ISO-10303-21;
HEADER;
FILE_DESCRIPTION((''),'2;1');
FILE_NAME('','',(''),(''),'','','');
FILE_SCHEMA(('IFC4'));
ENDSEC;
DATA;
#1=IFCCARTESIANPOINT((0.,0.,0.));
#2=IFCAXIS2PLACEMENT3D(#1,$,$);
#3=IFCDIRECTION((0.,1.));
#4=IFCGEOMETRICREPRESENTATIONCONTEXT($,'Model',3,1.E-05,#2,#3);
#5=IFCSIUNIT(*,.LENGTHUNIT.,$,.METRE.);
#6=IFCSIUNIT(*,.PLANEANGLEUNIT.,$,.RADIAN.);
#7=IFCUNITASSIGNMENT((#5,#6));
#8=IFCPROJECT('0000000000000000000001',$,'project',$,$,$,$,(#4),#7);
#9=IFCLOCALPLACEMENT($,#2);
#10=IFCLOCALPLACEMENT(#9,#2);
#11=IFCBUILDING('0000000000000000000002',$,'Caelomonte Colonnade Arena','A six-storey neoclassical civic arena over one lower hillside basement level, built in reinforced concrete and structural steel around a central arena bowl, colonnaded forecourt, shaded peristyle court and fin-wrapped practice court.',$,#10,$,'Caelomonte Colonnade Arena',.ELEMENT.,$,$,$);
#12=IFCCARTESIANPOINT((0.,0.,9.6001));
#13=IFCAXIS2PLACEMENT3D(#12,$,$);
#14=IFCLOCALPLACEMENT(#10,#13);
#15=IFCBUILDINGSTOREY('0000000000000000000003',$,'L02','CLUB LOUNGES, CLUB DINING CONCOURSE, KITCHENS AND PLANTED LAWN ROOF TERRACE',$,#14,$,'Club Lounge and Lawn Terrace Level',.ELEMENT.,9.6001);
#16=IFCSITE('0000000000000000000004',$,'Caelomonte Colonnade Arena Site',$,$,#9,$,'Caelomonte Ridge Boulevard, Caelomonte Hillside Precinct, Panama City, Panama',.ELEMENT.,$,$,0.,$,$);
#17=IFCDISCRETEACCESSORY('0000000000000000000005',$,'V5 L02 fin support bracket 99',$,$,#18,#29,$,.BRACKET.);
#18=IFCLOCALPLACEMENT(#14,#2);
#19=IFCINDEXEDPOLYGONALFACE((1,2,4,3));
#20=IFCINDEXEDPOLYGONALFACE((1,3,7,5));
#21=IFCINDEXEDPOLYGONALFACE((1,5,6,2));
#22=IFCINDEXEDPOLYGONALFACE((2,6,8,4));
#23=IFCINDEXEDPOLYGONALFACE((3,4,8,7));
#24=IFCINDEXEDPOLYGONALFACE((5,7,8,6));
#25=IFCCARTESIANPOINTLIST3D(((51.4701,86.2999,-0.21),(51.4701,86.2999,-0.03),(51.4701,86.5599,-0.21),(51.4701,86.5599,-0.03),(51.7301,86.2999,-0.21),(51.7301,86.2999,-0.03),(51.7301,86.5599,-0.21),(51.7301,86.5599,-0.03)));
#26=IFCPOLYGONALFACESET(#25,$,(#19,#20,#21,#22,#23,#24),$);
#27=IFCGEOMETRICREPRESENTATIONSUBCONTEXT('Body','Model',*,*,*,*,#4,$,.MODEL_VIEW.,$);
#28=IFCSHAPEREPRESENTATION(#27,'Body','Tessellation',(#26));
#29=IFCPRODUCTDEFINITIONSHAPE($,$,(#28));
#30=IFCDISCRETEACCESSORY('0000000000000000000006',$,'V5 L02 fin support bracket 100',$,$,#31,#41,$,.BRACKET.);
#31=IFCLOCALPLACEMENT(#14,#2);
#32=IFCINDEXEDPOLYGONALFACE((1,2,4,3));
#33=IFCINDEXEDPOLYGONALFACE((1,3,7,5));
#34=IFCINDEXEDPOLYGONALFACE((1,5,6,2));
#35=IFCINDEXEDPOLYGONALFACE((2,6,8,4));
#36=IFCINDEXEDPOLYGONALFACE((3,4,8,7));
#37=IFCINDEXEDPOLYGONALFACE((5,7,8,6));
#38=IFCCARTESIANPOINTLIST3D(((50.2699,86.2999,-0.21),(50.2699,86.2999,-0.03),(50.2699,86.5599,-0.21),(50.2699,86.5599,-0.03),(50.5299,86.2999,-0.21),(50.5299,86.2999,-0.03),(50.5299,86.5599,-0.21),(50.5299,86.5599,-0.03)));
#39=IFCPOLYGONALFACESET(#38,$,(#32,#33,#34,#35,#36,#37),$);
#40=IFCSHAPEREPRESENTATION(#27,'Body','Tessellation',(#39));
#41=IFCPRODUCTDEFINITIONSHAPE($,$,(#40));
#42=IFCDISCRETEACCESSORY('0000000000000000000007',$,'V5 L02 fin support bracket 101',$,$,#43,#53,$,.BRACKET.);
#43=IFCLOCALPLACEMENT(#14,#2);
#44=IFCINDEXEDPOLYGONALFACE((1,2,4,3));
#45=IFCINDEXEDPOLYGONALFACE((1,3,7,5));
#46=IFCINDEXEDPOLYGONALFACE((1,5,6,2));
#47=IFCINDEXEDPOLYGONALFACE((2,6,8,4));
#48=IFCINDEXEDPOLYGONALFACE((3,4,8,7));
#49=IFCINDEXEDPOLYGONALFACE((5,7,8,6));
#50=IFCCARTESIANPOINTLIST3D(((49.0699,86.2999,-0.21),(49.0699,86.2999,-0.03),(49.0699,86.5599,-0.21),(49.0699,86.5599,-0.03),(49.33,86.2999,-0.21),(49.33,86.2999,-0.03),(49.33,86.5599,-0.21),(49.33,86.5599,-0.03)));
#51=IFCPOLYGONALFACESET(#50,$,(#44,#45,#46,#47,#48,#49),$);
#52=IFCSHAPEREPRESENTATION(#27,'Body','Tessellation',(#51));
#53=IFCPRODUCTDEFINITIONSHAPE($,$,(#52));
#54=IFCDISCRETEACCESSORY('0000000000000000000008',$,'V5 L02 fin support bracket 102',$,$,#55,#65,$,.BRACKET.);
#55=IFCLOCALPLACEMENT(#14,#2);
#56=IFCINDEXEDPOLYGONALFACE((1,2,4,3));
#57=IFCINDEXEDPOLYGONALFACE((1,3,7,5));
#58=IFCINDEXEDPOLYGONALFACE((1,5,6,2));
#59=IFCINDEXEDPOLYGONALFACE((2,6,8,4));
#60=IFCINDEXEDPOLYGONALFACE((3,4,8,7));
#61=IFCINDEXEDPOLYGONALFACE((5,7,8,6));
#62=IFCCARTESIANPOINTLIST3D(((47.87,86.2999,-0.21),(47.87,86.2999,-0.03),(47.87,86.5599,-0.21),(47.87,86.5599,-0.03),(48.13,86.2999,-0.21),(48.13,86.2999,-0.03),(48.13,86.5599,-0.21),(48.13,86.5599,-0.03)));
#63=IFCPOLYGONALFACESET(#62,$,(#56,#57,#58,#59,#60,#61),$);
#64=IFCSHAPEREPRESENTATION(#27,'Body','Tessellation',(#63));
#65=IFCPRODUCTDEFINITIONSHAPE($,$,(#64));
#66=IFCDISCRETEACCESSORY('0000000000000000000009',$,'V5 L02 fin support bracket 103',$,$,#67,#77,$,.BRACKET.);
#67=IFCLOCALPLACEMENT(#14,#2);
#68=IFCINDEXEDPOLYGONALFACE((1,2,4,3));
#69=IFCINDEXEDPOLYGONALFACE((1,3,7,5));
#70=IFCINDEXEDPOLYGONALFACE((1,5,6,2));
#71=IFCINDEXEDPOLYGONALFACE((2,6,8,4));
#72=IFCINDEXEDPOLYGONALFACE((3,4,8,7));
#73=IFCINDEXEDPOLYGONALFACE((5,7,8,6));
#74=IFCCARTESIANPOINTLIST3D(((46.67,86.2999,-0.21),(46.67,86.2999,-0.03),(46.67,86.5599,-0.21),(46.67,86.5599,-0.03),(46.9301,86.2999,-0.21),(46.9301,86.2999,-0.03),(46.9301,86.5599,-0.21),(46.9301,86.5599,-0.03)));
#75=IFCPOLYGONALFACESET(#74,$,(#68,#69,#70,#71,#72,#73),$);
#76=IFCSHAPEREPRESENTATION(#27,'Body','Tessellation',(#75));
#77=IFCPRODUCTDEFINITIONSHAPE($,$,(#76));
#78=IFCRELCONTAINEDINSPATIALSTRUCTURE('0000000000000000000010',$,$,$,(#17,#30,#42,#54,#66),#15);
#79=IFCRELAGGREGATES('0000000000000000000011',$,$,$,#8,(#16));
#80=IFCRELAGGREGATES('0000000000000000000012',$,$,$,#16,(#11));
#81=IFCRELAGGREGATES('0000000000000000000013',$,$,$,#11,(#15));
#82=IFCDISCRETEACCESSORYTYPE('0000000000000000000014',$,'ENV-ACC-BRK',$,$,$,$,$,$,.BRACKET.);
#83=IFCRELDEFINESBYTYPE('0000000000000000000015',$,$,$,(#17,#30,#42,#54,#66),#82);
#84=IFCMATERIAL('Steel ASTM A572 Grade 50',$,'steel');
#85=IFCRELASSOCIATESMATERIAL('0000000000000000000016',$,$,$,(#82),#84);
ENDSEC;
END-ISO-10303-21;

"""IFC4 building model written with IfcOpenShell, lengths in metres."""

from ifc_helpers import new_model, si_unit, direction, frame, origin, origin_2d, place, context, subcontext, project, spatial, rectangle, extrude, material, type_object, element, save


model = new_model("IFC4")

# Units and contexts
model_context = context("Model", 3, precision=1e-05, world=origin(), true_north=direction((0.0, 1.0)))
body_context = subcontext(model_context, "Body", "Model", "MODEL_VIEW")
ifc_project = project(units=[si_unit("LENGTHUNIT", "METRE"), si_unit("PLANEANGLEUNIT", "RADIAN")], contexts=[model_context])

# Site, building, storey
site_placement = place(None, origin())
site = spatial("IfcSite", under=ifc_project, at=site_placement, Name="Caelomonte Colonnade Arena Site", LongName="Caelomonte Ridge Boulevard, Caelomonte Hillside Precinct, Panama City, Panama", CompositionType="ELEMENT", RefElevation=0.0)
building_placement = place(site_placement, origin())
building = spatial("IfcBuilding", under=site, at=building_placement, Name="Caelomonte Colonnade Arena", Description="A six-storey neoclassical civic arena over one lower hillside basement level, built in reinforced concrete and structural steel around a central arena bowl, colonnaded forecourt, shaded peristyle court and fin-wrapped practice court.", LongName="Caelomonte Colonnade Arena", CompositionType="ELEMENT")
storey_placement = place(building_placement, frame((0.0, 0.0, 9.6001)))
storey = spatial("IfcBuildingStorey", under=building, at=storey_placement, Name="L02", Description="CLUB LOUNGES, CLUB DINING CONCOURSE, KITCHENS AND PLANTED LAWN ROOF TERRACE", LongName="Club Lounge and Lawn Terrace Level", CompositionType="ELEMENT", Elevation=9.6001)

# Discrete accessories
ifc_material_1 = material(Name="Steel ASTM A572 Grade 50", Category="steel")
discrete_accessory_type = type_object("IfcDiscreteAccessoryType", Name="ENV-ACC-BRK", PredefinedType="BRACKET", material=ifc_material_1)
for number, where, z_axis, x_axis, name in (
    (1, (51.6001, 86.4299, -0.21), (0.0, 0.0, 1.0), (-1.0, 0.0, 0.0), "V5 L02 fin support bracket 99"),
    (2, (50.3999, 86.4299, -0.21), (0.0, 0.0, 1.0), (-1.0, 0.0, 0.0), "V5 L02 fin support bracket 100"),
    (3, (49.2, 86.4299, -0.21), (0.0, 0.0, 1.0), (-1.0, 0.0, 0.0), "V5 L02 fin support bracket 101"),
    (4, (48.0, 86.4299, -0.21), (0.0, 0.0, 1.0), (-1.0, 0.0, 0.0), "V5 L02 fin support bracket 102"),
    (5, (46.8, 86.4299, -0.21), (0.0, 0.0, 1.0), (-1.0, 0.0, 0.0), "V5 L02 fin support bracket 103"),
):
    element("IfcDiscreteAccessory", number, at=place(storey_placement, frame(where, z_axis=z_axis, x_axis=x_axis)), inside=storey, type_object=discrete_accessory_type, Name=name, PredefinedType="BRACKET", context=body_context, shape_type="SweptSolid", body=[
        extrude(rectangle(XDim=0.26, YDim=0.26, at=origin_2d()), origin(), (0.0, 0.0, 1.0), 0.1799),
    ])

save(model, "model.ifc")
